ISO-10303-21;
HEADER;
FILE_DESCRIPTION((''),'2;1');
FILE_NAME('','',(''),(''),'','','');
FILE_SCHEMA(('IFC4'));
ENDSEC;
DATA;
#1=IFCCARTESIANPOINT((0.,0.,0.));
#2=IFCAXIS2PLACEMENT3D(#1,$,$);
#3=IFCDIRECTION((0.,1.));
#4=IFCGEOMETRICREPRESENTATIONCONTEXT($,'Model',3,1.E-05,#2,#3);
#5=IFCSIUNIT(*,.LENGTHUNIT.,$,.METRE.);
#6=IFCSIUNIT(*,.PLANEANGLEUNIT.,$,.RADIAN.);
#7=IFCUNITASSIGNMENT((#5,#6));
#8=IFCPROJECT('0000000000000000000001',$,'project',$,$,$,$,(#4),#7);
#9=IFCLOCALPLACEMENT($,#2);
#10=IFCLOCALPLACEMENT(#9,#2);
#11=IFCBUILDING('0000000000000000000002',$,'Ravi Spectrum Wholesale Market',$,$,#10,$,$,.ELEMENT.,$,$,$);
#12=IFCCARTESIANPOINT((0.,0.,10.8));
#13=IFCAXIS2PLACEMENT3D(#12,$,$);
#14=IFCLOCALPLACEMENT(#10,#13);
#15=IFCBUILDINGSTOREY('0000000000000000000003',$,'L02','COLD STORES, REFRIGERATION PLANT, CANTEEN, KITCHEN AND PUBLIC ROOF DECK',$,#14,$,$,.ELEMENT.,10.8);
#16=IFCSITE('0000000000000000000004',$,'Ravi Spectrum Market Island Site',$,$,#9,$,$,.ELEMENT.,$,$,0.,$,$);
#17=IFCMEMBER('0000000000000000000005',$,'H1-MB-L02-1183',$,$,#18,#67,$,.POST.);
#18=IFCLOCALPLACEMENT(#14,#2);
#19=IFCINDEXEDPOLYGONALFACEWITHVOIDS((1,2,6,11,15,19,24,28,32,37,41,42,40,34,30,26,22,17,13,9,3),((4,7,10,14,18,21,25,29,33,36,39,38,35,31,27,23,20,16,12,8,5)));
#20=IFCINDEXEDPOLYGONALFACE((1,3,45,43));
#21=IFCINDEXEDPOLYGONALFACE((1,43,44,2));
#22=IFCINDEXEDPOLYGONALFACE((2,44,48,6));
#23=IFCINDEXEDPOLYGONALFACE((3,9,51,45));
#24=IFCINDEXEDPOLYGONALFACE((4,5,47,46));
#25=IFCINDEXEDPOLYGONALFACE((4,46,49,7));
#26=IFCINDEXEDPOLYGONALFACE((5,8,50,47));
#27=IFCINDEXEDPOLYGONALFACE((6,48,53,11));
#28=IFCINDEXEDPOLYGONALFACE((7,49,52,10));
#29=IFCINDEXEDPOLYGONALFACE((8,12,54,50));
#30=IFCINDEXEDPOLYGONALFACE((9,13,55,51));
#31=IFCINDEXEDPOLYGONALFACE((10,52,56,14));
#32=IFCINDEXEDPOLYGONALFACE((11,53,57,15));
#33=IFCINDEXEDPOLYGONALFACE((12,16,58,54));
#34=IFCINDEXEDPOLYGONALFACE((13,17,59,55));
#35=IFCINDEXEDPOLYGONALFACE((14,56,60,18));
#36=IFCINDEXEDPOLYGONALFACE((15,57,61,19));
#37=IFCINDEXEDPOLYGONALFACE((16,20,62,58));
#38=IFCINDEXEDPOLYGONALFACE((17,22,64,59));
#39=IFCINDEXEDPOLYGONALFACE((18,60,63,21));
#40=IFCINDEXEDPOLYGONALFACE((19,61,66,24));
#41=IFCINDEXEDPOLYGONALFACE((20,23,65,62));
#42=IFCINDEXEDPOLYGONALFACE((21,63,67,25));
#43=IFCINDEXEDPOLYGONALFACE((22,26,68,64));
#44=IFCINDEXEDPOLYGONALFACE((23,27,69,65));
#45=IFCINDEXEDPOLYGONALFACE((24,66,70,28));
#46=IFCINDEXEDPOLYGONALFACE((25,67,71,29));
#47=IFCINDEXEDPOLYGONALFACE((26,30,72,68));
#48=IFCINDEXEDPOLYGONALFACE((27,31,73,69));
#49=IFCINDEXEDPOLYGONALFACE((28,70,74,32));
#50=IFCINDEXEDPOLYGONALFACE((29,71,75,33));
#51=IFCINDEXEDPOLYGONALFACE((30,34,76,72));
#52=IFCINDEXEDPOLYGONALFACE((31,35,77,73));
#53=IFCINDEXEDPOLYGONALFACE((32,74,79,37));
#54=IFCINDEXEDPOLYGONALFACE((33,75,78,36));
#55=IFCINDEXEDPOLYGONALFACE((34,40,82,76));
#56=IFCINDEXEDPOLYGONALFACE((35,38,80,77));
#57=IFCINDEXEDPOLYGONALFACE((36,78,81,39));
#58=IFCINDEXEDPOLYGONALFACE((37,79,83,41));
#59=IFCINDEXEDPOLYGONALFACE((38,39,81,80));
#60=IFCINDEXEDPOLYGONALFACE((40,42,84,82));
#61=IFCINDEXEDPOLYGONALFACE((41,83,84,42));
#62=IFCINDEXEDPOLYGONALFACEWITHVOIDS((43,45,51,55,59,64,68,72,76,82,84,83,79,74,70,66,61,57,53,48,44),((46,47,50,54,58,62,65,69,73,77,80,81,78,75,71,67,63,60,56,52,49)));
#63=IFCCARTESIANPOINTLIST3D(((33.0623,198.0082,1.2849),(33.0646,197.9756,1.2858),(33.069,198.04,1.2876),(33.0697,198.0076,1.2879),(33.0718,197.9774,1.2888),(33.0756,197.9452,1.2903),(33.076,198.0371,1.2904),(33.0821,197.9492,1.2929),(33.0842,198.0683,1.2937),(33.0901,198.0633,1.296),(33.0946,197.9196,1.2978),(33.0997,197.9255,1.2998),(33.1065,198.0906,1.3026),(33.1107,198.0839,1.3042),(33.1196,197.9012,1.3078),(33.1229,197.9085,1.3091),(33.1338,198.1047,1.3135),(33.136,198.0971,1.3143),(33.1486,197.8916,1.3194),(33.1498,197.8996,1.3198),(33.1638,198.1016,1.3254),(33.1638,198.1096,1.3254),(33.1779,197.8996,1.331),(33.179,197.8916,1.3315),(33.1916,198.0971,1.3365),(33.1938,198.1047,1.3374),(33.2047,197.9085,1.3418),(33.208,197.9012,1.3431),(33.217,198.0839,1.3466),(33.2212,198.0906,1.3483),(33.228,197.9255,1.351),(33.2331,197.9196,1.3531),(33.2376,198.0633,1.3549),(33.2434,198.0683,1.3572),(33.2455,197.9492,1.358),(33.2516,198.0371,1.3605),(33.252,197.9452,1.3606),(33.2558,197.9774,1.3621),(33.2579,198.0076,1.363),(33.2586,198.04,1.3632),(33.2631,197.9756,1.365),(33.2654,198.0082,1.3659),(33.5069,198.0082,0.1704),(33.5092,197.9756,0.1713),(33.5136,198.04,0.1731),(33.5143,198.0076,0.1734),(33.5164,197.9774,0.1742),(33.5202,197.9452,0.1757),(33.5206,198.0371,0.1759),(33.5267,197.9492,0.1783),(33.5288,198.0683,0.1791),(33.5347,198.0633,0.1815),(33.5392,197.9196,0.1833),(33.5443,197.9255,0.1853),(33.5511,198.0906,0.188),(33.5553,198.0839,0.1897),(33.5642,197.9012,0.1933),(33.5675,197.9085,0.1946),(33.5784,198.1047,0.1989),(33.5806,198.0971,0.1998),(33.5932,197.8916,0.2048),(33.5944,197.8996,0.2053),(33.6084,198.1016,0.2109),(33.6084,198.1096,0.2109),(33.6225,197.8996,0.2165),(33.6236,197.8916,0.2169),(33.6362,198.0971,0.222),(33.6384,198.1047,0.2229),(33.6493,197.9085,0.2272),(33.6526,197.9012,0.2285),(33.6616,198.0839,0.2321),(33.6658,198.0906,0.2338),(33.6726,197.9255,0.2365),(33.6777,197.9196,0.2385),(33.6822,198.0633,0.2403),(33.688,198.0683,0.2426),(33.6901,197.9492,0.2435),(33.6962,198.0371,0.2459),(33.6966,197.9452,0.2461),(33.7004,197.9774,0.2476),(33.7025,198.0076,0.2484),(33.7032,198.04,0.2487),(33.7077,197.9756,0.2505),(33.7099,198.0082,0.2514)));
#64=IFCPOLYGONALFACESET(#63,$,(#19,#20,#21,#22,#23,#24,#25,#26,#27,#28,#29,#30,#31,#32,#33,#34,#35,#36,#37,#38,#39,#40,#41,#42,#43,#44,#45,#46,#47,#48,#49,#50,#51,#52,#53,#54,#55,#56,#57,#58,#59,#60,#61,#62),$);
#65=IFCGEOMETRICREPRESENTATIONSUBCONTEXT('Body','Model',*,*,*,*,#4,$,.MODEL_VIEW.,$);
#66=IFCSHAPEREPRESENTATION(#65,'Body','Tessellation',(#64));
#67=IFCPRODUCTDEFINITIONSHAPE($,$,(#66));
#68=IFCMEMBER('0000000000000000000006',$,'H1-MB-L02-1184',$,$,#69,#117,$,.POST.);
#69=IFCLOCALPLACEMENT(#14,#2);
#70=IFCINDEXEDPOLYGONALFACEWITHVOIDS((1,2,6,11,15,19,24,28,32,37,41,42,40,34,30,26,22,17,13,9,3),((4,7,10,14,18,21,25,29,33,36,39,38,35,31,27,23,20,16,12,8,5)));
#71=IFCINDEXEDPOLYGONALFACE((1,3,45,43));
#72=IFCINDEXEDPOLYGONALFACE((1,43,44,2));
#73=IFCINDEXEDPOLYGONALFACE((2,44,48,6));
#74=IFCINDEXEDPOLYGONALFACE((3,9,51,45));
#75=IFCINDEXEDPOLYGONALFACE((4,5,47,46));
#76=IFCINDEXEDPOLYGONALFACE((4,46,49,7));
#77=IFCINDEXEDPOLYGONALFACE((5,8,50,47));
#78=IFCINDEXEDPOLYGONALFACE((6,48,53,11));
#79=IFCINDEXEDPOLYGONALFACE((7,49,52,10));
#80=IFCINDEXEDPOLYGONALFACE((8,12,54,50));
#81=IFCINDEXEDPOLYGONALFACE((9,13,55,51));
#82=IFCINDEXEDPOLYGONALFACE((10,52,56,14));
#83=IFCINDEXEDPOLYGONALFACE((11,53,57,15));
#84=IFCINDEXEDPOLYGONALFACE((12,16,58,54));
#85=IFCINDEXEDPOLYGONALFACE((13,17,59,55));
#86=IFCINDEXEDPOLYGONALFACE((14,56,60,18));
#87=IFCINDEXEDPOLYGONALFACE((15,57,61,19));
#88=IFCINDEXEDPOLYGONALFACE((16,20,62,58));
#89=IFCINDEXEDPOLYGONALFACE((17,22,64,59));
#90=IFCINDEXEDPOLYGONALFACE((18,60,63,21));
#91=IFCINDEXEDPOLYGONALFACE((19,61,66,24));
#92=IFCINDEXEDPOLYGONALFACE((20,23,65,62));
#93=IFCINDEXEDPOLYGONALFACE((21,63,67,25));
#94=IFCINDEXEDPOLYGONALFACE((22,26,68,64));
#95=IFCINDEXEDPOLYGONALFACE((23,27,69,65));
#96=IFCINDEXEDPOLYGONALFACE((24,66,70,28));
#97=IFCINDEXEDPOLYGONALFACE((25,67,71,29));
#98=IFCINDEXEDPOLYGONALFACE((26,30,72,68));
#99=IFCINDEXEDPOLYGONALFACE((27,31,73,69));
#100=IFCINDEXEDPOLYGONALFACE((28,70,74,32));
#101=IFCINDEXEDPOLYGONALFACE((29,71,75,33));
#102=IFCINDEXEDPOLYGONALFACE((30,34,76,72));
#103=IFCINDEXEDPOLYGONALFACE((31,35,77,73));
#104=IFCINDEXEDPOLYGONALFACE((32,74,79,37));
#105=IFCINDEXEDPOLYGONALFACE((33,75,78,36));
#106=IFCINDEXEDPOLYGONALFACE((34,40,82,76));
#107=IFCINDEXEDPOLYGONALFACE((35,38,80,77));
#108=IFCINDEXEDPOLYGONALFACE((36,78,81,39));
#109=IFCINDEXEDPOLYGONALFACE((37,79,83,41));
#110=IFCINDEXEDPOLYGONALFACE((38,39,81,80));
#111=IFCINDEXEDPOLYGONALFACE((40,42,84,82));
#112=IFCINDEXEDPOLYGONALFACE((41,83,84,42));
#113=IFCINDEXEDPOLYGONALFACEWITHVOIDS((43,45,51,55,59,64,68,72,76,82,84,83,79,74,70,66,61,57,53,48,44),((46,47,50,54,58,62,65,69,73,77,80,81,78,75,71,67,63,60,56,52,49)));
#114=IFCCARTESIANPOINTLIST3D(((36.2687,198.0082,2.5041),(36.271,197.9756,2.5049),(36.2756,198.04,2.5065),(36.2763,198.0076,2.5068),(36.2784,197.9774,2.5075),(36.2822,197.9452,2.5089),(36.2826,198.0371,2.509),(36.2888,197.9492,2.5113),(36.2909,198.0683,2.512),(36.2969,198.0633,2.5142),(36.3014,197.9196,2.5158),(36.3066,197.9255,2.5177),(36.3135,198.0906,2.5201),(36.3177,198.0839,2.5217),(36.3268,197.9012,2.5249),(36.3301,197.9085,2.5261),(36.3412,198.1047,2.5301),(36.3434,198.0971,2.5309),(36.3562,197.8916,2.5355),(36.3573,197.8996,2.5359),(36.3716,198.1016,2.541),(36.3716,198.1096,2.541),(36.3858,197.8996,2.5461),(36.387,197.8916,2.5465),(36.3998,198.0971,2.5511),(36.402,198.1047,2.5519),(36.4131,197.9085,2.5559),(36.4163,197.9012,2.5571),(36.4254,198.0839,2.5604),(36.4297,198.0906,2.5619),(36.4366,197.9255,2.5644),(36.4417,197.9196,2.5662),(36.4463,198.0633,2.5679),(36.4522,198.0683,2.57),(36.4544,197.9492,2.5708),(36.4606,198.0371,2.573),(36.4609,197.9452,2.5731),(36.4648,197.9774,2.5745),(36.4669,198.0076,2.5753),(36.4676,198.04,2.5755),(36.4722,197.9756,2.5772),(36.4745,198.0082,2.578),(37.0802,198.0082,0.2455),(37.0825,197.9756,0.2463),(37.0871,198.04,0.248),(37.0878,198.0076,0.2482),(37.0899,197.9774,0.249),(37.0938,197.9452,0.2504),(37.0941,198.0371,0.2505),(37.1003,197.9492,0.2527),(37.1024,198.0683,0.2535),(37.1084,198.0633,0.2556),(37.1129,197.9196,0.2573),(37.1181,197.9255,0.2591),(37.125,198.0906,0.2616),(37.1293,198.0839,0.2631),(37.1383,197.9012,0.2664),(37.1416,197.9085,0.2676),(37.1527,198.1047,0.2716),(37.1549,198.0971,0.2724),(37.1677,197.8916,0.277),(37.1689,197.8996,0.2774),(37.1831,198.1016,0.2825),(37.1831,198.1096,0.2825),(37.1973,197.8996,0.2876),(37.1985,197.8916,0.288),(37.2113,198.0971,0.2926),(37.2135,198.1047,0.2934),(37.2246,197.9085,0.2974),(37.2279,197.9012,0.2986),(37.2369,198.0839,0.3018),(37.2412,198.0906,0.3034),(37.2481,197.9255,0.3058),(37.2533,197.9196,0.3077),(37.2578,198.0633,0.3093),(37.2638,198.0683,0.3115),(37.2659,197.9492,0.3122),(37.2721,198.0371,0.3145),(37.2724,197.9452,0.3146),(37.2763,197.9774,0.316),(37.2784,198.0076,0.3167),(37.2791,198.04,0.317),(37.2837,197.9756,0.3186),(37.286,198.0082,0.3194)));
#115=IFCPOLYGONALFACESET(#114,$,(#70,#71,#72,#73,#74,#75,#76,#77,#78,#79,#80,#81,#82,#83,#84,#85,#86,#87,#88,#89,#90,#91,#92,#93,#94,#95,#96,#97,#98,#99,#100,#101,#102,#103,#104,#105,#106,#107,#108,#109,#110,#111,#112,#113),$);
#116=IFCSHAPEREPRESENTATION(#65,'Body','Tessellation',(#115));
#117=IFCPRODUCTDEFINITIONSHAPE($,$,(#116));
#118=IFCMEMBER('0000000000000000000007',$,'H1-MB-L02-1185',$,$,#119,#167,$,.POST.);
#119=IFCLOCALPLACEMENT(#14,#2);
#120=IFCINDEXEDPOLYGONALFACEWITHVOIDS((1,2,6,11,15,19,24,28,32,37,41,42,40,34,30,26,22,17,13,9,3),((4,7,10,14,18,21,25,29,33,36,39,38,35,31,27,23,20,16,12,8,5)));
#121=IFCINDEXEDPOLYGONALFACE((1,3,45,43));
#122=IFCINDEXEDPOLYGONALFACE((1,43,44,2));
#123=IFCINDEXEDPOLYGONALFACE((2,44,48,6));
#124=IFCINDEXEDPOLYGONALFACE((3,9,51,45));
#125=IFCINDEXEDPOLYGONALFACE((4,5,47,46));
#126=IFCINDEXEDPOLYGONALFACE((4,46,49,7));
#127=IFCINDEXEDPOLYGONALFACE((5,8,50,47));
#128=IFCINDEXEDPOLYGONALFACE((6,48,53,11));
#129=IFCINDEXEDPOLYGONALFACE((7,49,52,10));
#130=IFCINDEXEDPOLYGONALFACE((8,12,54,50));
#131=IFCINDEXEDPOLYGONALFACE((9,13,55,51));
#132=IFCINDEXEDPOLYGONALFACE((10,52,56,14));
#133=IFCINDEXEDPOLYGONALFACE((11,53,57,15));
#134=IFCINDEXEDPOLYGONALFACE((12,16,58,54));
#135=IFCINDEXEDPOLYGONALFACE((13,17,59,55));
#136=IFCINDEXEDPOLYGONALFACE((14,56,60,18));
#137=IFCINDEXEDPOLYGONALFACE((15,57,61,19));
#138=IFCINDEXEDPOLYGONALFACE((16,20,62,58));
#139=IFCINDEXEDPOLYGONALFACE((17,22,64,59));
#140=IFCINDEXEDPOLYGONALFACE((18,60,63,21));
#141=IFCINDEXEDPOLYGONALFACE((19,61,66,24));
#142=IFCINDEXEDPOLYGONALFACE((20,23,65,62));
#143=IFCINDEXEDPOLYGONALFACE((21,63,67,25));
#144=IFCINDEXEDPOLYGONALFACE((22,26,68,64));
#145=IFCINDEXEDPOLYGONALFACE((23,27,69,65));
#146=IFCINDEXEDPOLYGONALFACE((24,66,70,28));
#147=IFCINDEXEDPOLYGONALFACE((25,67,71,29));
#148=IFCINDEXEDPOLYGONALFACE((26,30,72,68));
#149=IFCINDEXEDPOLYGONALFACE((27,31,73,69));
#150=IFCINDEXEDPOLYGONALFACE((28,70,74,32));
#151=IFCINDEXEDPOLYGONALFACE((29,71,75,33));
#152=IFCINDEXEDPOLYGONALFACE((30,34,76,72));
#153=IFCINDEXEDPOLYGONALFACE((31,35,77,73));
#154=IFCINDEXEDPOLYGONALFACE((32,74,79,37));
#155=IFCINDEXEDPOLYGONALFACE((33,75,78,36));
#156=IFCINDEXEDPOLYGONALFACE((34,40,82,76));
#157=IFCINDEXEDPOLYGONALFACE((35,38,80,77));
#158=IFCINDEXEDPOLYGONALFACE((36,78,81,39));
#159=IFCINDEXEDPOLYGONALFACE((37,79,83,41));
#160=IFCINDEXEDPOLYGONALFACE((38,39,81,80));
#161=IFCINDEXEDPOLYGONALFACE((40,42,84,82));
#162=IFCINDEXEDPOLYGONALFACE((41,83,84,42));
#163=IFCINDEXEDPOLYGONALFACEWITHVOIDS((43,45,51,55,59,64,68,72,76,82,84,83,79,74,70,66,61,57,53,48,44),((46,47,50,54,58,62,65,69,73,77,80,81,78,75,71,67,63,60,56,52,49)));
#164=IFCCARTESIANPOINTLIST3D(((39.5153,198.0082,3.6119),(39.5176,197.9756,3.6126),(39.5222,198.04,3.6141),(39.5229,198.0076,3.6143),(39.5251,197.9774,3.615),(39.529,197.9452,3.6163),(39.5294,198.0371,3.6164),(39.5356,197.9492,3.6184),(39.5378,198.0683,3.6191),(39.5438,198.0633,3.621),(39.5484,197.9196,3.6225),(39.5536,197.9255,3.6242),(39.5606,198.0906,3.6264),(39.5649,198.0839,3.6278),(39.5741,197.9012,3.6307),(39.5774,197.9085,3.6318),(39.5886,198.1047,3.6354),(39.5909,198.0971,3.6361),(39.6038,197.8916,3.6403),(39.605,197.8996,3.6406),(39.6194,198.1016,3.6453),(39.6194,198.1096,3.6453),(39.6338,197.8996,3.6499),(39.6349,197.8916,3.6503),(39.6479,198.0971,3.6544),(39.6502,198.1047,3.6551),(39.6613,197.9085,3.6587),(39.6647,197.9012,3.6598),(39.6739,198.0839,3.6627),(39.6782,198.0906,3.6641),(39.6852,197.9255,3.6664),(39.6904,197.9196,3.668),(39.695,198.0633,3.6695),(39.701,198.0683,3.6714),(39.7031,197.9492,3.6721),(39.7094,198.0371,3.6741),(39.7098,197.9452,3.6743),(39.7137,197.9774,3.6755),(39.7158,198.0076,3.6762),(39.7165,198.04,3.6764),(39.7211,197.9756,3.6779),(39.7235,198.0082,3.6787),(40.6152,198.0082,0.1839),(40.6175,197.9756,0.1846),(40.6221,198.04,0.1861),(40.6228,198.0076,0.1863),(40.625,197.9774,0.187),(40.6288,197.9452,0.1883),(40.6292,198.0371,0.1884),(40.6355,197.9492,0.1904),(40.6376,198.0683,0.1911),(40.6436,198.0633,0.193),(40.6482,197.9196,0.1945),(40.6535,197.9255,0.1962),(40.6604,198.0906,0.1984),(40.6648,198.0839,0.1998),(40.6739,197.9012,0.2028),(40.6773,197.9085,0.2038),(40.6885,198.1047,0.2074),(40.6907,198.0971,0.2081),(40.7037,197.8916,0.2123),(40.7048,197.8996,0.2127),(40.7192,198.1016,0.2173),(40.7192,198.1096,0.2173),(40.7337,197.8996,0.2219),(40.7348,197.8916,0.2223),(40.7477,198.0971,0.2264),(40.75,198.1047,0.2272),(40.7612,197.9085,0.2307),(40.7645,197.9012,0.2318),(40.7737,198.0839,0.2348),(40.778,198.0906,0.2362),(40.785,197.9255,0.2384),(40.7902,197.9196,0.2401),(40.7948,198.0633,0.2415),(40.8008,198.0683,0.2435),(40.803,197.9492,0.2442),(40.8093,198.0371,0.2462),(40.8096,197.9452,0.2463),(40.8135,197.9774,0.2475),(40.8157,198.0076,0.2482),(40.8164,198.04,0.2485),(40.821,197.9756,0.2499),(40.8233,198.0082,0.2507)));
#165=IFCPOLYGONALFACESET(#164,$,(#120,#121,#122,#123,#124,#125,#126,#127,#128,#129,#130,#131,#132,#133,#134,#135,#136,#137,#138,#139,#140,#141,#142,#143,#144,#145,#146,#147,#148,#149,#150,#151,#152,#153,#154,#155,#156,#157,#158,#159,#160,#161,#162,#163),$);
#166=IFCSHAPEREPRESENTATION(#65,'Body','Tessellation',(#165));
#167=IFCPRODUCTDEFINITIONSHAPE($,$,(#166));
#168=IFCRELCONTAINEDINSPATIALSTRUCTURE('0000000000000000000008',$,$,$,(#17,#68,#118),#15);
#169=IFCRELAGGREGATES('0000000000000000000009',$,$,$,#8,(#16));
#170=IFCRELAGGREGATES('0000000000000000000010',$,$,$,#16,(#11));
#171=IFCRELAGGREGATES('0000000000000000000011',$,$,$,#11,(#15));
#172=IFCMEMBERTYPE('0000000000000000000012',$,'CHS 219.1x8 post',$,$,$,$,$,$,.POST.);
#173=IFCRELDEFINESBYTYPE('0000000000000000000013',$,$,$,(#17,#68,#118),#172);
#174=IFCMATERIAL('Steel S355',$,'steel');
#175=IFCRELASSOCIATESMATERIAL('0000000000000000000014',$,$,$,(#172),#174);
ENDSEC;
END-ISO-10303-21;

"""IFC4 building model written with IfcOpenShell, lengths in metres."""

from ifc_helpers import new_model, si_unit, direction, frame, origin, origin_2d, place, context, subcontext, project, spatial, hollow_circle, extrude, material, material_profile, profile_set, type_object, element, save


model = new_model("IFC4")

# Units and contexts
model_context = context("Model", 3, precision=1e-05, world=origin(), true_north=direction((0.0, 1.0)))
body_context = subcontext(model_context, "Body", "Model", "MODEL_VIEW")
ifc_project = project(units=[si_unit("LENGTHUNIT", "METRE"), si_unit("PLANEANGLEUNIT", "RADIAN")], contexts=[model_context])

# Site, building, storey
site_placement = place(None, origin())
site = spatial("IfcSite", under=ifc_project, at=site_placement, Name="Ravi Spectrum Market Island Site", CompositionType="ELEMENT", RefElevation=0.0)
building_placement = place(site_placement, origin())
building = spatial("IfcBuilding", under=site, at=building_placement, Name="Ravi Spectrum Wholesale Market", CompositionType="ELEMENT")
storey_placement = place(building_placement, frame((0.0, 0.0, 10.8)))
storey = spatial("IfcBuildingStorey", under=building, at=storey_placement, Name="L02", Description="COLD STORES, REFRIGERATION PLANT, CANTEEN, KITCHEN AND PUBLIC ROOF DECK", CompositionType="ELEMENT", Elevation=10.8)

# Members
ifc_material_1 = material(Name="Steel S355", Category="steel")
ifc_material_profile_1 = material_profile(ifc_material_1, hollow_circle(Radius=0.1096, WallThickness=0.0081, at=origin_2d()))
ifc_profile_set_1 = profile_set([ifc_material_profile_1], Name="Steel S355")
member_type_1 = type_object("IfcMemberType", Name="CHS 219.1x8 post", PredefinedType="POST", material=ifc_profile_set_1)
member_1_placement = place(storey_placement, frame((33.1638, 198.0, 1.3254), z_axis=(0.370513, 0.0, -0.928827), x_axis=(0.0, 1.0, 0.0)))
element("IfcMember", 1, at=member_1_placement, inside=storey, type_object=member_type_1, Name="H1-MB-L02-1183", PredefinedType="POST", context=body_context, shape_type="SweptSolid", body=[
    extrude(hollow_circle(Radius=0.1096, WallThickness=0.0081, at=origin_2d()), origin(), (0.0, 0.0, 1.0), 1.2),
])
member_2_placement = place(storey_placement, frame((36.3716, 198.0, 2.541), z_axis=(0.338147, 0.0, -0.941093), x_axis=(0.0, 1.0, 0.0)))
element("IfcMember", 2, at=member_2_placement, inside=storey, type_object=member_type_1, Name="H1-MB-L02-1184", PredefinedType="POST", context=body_context, shape_type="SweptSolid", body=[
    extrude(hollow_circle(Radius=0.1096, WallThickness=0.0081, at=origin_2d()), origin(), (0.0, 0.0, 1.0), 2.3999),
])
member_3_placement = place(storey_placement, frame((39.6194, 198.0, 3.6453), z_axis=(0.305506, 0.0, -0.95219), x_axis=(0.0, 1.0, 0.0)))
element("IfcMember", 3, at=member_3_placement, inside=storey, type_object=member_type_1, Name="H1-MB-L02-1185", PredefinedType="POST", context=body_context, shape_type="SweptSolid", body=[
    extrude(hollow_circle(Radius=0.1096, WallThickness=0.0081, at=origin_2d()), origin(), (0.0, 0.0, 1.0), 3.6001),
])

save(model, "model.ifc")
